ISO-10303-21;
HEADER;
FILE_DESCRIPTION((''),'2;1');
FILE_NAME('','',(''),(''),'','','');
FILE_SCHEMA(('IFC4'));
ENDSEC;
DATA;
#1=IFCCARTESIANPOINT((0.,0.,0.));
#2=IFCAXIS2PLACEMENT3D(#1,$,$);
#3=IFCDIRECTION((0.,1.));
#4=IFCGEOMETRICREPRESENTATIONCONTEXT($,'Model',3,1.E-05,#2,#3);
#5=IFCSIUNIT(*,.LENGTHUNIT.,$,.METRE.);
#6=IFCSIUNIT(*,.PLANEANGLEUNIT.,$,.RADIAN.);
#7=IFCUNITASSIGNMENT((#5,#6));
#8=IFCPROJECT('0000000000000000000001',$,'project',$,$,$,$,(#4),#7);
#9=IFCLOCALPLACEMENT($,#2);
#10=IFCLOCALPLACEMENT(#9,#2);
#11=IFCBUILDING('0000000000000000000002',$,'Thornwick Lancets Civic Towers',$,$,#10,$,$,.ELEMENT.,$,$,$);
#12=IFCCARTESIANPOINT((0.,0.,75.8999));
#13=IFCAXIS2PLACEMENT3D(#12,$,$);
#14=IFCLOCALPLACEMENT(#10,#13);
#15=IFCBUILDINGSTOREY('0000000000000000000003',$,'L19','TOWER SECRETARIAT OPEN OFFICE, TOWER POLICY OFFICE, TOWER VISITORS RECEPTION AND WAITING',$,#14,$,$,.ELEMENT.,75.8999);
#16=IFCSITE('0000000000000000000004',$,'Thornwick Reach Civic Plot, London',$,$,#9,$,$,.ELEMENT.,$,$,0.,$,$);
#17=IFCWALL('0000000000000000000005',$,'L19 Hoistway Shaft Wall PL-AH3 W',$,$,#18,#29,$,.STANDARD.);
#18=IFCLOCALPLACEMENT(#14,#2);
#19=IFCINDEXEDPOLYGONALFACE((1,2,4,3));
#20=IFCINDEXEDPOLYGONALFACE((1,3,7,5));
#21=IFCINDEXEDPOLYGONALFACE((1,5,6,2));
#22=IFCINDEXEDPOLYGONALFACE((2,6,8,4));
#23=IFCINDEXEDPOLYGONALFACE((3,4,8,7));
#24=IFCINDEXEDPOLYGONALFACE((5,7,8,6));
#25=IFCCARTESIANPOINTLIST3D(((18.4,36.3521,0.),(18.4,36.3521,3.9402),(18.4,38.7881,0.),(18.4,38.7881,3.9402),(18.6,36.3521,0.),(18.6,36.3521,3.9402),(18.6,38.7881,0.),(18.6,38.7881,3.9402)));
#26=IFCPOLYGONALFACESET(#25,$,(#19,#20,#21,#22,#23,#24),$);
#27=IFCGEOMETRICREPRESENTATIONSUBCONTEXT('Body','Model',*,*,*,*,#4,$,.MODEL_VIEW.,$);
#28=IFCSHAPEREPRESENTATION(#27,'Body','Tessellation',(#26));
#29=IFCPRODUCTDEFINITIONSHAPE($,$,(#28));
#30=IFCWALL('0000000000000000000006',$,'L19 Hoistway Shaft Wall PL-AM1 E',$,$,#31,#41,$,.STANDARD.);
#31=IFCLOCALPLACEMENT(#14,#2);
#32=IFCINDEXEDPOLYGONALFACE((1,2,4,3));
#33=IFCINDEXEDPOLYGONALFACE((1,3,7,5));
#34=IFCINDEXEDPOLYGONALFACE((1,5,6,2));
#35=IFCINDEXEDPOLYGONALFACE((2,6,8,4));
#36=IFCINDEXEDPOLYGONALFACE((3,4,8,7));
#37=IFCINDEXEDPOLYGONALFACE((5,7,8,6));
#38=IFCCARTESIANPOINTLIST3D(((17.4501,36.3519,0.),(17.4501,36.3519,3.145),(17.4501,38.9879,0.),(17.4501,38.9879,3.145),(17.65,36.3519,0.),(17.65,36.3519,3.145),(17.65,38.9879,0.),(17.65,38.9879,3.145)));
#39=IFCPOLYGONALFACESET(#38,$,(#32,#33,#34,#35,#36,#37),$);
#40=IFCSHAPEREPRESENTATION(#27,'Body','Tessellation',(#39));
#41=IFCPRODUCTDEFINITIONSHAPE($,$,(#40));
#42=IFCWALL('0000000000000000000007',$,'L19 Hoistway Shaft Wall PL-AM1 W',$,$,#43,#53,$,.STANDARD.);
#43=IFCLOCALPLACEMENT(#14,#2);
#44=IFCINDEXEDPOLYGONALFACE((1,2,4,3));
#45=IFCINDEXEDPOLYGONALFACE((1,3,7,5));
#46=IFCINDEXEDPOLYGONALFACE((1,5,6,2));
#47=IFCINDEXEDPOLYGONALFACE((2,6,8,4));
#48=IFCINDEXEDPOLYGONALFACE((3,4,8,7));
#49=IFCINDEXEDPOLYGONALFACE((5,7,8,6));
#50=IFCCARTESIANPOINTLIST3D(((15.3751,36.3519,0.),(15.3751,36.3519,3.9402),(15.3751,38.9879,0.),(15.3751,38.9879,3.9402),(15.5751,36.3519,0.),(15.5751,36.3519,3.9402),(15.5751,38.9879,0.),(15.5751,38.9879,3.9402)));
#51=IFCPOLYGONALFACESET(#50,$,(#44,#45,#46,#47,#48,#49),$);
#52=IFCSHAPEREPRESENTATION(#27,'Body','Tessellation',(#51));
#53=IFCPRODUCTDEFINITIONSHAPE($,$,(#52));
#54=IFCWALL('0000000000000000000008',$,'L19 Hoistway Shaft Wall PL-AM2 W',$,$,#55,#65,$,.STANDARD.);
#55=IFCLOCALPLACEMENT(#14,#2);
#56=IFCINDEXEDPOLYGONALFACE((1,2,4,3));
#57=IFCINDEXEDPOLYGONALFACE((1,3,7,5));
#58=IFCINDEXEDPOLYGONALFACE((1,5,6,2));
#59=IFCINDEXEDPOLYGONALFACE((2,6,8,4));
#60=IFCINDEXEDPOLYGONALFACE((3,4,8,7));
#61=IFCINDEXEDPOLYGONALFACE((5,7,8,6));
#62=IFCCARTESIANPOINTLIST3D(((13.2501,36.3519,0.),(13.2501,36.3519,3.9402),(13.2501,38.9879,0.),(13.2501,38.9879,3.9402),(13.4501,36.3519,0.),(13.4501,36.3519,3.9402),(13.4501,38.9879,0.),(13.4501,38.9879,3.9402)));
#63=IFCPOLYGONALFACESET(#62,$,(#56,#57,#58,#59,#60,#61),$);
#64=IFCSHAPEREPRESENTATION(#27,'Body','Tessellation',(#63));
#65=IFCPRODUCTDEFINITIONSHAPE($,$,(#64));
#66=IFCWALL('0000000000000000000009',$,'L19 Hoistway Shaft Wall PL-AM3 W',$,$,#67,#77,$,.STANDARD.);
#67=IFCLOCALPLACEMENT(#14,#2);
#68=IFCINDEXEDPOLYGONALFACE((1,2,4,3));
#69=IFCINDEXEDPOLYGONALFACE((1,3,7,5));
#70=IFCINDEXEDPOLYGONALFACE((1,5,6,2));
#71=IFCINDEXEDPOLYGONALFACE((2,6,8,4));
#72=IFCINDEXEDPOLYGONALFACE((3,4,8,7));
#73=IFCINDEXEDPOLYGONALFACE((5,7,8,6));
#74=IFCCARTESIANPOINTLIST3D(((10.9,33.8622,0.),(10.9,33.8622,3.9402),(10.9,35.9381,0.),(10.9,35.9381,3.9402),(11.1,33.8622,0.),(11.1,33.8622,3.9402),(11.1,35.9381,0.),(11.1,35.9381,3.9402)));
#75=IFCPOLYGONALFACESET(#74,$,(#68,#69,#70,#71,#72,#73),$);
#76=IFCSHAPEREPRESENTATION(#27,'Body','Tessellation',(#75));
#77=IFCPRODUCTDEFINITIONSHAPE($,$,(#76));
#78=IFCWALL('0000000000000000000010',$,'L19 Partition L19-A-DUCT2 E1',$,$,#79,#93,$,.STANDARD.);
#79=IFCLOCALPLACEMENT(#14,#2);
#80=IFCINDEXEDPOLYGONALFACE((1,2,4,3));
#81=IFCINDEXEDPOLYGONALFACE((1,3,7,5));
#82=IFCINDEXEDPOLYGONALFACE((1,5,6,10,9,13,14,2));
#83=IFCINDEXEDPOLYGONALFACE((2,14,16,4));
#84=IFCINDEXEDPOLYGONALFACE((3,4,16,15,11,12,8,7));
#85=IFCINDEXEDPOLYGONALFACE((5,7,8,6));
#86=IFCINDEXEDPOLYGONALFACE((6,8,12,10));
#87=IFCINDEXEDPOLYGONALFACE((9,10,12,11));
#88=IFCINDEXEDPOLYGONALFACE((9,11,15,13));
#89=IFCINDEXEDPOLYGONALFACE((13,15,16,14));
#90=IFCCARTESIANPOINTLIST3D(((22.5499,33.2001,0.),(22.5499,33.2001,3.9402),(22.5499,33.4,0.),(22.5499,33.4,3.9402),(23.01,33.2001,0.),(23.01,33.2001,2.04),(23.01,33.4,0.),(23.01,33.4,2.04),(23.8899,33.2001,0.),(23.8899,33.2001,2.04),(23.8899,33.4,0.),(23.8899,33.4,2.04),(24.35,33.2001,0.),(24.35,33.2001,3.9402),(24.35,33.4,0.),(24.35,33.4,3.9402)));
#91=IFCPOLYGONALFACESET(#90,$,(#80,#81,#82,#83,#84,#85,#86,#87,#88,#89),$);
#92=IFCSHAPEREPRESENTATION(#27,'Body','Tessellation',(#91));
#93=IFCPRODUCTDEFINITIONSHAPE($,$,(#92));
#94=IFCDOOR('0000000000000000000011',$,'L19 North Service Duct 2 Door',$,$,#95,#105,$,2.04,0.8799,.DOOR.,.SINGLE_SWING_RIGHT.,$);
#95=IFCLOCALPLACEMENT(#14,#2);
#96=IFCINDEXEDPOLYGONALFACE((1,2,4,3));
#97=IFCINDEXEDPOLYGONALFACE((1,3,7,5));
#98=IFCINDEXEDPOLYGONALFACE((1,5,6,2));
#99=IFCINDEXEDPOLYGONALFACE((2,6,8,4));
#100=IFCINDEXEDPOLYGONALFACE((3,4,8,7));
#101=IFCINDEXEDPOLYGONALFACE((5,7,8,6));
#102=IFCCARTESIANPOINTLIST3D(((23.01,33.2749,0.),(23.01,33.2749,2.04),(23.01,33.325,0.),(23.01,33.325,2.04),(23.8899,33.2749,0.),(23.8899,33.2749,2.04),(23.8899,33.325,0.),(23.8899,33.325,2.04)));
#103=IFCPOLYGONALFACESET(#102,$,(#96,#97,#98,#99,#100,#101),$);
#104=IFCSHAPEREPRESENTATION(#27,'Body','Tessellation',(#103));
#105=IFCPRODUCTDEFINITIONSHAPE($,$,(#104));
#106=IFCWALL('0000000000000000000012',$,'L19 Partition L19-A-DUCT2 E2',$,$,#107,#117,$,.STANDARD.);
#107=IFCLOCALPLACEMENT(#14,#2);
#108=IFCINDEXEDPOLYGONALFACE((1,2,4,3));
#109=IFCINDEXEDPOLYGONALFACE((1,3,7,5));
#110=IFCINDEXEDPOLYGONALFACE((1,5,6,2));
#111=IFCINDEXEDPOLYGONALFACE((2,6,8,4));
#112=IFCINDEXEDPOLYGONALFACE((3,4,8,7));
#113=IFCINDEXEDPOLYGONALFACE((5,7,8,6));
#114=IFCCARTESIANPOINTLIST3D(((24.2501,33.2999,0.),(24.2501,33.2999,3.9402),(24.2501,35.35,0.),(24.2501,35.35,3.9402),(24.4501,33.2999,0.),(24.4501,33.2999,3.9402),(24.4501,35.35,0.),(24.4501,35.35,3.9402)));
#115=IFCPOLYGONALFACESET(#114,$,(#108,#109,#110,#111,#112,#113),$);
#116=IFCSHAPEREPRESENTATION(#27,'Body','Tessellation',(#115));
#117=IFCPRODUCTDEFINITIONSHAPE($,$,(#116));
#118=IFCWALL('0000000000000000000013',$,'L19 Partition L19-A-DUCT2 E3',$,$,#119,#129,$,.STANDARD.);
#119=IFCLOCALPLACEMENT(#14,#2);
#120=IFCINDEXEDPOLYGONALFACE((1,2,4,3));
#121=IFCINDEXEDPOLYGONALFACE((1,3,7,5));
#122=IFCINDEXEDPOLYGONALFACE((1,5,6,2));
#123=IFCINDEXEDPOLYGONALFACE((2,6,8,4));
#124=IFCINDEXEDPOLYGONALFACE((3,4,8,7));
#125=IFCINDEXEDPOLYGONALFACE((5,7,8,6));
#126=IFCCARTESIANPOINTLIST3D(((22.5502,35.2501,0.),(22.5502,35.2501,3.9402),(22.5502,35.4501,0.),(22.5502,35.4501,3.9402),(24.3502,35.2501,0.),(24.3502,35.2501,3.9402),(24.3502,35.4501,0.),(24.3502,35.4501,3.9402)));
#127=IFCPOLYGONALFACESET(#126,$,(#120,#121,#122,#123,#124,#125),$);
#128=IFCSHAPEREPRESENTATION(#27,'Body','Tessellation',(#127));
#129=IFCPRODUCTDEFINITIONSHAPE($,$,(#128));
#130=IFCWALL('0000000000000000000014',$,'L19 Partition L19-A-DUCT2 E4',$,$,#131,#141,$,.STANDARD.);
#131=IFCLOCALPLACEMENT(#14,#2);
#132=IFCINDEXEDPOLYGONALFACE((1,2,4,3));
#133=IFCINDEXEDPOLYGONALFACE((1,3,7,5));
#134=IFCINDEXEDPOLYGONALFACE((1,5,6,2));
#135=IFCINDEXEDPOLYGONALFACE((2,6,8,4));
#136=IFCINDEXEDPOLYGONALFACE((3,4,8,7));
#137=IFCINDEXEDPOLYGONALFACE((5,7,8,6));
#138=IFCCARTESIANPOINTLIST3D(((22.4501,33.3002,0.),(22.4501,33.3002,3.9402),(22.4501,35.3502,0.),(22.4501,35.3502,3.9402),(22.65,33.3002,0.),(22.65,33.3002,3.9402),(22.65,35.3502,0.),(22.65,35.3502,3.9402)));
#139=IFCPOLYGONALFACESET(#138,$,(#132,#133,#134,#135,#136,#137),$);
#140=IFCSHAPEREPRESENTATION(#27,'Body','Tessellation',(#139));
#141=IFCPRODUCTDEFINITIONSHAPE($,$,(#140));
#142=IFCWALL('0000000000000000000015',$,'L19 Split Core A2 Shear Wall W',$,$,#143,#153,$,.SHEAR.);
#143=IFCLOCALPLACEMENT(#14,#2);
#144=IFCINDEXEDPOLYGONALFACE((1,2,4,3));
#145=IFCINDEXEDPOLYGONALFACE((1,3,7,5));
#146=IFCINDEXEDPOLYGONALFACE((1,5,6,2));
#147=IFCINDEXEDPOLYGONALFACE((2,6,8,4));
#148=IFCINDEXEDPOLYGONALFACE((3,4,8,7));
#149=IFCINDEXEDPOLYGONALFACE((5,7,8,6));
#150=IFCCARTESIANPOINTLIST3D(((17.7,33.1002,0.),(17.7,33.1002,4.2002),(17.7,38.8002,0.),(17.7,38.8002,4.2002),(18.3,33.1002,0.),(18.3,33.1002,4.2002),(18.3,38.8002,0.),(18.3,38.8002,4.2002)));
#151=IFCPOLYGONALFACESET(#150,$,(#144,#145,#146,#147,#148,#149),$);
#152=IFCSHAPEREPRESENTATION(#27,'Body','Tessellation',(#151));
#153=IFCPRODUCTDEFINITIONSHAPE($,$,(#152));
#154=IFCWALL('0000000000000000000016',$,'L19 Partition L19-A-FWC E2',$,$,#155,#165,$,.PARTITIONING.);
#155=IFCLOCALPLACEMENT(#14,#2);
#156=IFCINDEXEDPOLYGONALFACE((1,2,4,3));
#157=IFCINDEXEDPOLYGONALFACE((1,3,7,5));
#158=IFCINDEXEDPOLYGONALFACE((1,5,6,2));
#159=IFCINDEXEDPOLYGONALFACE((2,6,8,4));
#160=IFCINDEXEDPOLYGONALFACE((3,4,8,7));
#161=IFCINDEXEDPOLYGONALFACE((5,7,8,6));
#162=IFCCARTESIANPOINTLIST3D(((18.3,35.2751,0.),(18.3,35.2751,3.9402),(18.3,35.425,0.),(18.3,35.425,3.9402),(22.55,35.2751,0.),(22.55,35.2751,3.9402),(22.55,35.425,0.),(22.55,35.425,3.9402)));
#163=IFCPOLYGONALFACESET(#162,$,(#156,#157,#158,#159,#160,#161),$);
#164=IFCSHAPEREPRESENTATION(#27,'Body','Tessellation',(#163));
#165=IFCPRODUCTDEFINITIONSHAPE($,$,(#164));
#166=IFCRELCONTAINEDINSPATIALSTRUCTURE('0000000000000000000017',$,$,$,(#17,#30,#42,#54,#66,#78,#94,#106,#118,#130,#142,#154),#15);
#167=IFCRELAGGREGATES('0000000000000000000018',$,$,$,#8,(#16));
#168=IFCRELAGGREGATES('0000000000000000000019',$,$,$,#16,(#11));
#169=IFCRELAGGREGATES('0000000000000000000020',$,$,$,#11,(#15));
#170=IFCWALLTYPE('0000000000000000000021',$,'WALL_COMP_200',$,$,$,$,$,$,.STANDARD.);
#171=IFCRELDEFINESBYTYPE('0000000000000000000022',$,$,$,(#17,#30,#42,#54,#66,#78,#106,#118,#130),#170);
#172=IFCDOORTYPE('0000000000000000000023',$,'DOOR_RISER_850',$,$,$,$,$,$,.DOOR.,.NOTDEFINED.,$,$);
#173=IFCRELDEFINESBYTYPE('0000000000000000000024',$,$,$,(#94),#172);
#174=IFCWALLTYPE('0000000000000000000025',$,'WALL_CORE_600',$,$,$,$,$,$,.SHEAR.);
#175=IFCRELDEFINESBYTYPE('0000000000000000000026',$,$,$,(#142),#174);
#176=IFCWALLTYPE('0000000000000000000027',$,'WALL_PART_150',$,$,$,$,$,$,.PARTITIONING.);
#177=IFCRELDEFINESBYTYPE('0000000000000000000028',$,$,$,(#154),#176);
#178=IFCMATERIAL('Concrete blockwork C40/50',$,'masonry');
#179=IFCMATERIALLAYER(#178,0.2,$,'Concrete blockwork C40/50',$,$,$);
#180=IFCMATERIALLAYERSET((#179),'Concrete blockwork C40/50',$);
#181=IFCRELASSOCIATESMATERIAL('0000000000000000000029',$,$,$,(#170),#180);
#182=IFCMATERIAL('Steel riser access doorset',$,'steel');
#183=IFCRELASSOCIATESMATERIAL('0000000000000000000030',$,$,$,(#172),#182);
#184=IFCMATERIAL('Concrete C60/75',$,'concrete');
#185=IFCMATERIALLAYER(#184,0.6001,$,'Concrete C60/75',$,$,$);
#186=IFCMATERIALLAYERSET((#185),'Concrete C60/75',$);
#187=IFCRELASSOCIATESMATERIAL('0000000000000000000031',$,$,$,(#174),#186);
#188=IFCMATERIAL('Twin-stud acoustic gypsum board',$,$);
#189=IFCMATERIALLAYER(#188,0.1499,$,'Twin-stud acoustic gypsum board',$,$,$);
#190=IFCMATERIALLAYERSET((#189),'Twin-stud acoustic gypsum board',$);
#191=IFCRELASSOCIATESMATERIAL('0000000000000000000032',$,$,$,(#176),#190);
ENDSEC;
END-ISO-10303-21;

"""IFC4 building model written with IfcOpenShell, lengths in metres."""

from ifc_helpers import new_model, si_unit, direction, frame, frame_2d, origin, place, context, subcontext, project, spatial, rectangle, extrude, material, layer, layer_set, type_object, element, fill, save


model = new_model("IFC4")

# Units and contexts
model_context = context("Model", 3, precision=1e-05, world=origin(), true_north=direction((0.0, 1.0)))
body_context = subcontext(model_context, "Body", "Model", "MODEL_VIEW")
ifc_project = project(units=[si_unit("LENGTHUNIT", "METRE"), si_unit("PLANEANGLEUNIT", "RADIAN")], contexts=[model_context])

# Site, building, storey
site_placement = place(None, origin())
site = spatial("IfcSite", under=ifc_project, at=site_placement, Name="Thornwick Reach Civic Plot, London", CompositionType="ELEMENT", RefElevation=0.0)
building_placement = place(site_placement, origin())
building = spatial("IfcBuilding", under=site, at=building_placement, Name="Thornwick Lancets Civic Towers", CompositionType="ELEMENT")
storey_placement = place(building_placement, frame((0.0, 0.0, 75.8999)))
storey = spatial("IfcBuildingStorey", under=building, at=storey_placement, Name="L19", Description="TOWER SECRETARIAT OPEN OFFICE, TOWER POLICY OFFICE, TOWER VISITORS RECEPTION AND WAITING", CompositionType="ELEMENT", Elevation=75.8999)

# Shared definitions
ifc_material_1 = material(Name="Concrete C60/75", Category="concrete")

# Shared definitions
ifc_material_2 = material(Name="Concrete blockwork C40/50", Category="masonry")
ifc_layer_1 = layer(ifc_material_2, 0.2, Name="Concrete blockwork C40/50")
ifc_layer_set_1 = layer_set([ifc_layer_1], Name="Concrete blockwork C40/50")
wall_type_1 = type_object("IfcWallType", Name="WALL_COMP_200", PredefinedType="STANDARD", material=ifc_layer_set_1)

# Walls
for number, where, z_axis, x_axis, name in (
    (1, (18.5, 36.3521, 0.0), (0.0, 0.0, 1.0), (0.0, 1.0, 0.0), "L19 Hoistway Shaft Wall PL-AH3 W"),
):
    element("IfcWall", number, at=place(storey_placement, frame(where, z_axis=z_axis, x_axis=x_axis)), inside=storey, type_object=wall_type_1, Name=name, PredefinedType="STANDARD", context=body_context, shape_type="SweptSolid", body=[
        extrude(rectangle(XDim=2.436, YDim=0.2, at=frame_2d((1.218, 0.0))), origin(), (0.0, 0.0, 1.0), 3.9402),
    ])
wall_1_placement = place(storey_placement, frame((17.55, 36.3521, 0.0), z_axis=(0.0, 0.0, 1.0), x_axis=(0.0, 1.0, 0.0)))
element("IfcWall", 2, at=wall_1_placement, inside=storey, type_object=wall_type_1, Name="L19 Hoistway Shaft Wall PL-AM1 E", PredefinedType="STANDARD", context=body_context, shape_type="SweptSolid", body=[
    extrude(rectangle(XDim=2.636, YDim=0.2, at=frame_2d((1.3179, 0.0))), origin(), (0.0, 0.0, 1.0), 3.145),
])
for number, where, z_axis, x_axis, name in (
    (3, (15.4751, 36.3521, 0.0), (0.0, 0.0, 1.0), (0.0, 1.0, 0.0), "L19 Hoistway Shaft Wall PL-AM1 W"),
    (4, (13.3501, 36.3521, 0.0), (0.0, 0.0, 1.0), (0.0, 1.0, 0.0), "L19 Hoistway Shaft Wall PL-AM2 W"),
):
    element("IfcWall", number, at=place(storey_placement, frame(where, z_axis=z_axis, x_axis=x_axis)), inside=storey, type_object=wall_type_1, Name=name, PredefinedType="STANDARD", context=body_context, shape_type="SweptSolid", body=[
        extrude(rectangle(XDim=2.636, YDim=0.2, at=frame_2d((1.3179, 0.0))), origin(), (0.0, 0.0, 1.0), 3.9402),
    ])
wall_2_placement = place(storey_placement, frame((11.0, 33.8621, 0.0), z_axis=(0.0, 0.0, 1.0), x_axis=(0.0, 1.0, 0.0)))
element("IfcWall", 5, at=wall_2_placement, inside=storey, type_object=wall_type_1, Name="L19 Hoistway Shaft Wall PL-AM3 W", PredefinedType="STANDARD", context=body_context, shape_type="SweptSolid", body=[
    extrude(rectangle(XDim=2.0759, YDim=0.2, at=frame_2d((1.0381, 0.0))), origin(), (0.0, 0.0, 1.0), 3.9402),
])

# Wall, opening, door
wall_3_placement = place(storey_placement, frame((22.55, 33.3, 0.0), z_axis=(0.0, 0.0, 1.0), x_axis=(1.0, 0.0, 0.0)))
wall_3 = element("IfcWall", 6, at=wall_3_placement, inside=storey, type_object=wall_type_1, Name="L19 Partition L19-A-DUCT2 E1", PredefinedType="STANDARD", context=body_context, shape_type="SweptSolid", body=[
    extrude(rectangle(XDim=1.8, YDim=0.2, at=frame_2d((0.8999, 0.0))), origin(), (0.0, 0.0, 1.0), 3.9402),
])
opening_1_placement = place(wall_3_placement, frame((0.46, 0.0, 0.0)))
opening_1 = element("IfcOpeningElement", 7, at=opening_1_placement, cuts=wall_3, PredefinedType="OPENING", context=body_context, shape_type="SweptSolid", body=[
    extrude(rectangle(XDim=0.8799, YDim=2.04, at=frame_2d((0.4399, 1.02))), frame((0.0, 0.1099, 0.0), z_axis=(0.0, -1.0, 0.0), x_axis=(1.0, 0.0, 0.0)), (0.0, 0.0, 1.0), 0.22),
])
ifc_material_3 = material(Name="Steel riser access doorset", Category="steel")
door_type_1 = type_object("IfcDoorType", Name="DOOR_RISER_850", OperationType="NOTDEFINED", PredefinedType="DOOR", material=ifc_material_3)
door_1_placement = place(opening_1_placement, origin())
door_1 = element("IfcDoor", 8, at=door_1_placement, inside=storey, type_object=door_type_1, Name="L19 North Service Duct 2 Door", OperationType="SINGLE_SWING_RIGHT", OverallHeight=2.04, OverallWidth=0.8799, PredefinedType="DOOR", context=body_context, shape_type="SweptSolid", body=[
    extrude(rectangle(XDim=0.8799, YDim=2.04, at=frame_2d((0.4399, 1.02))), frame((0.0, 0.0249, 0.0), z_axis=(0.0, -1.0, 0.0), x_axis=(1.0, 0.0, 0.0)), (0.0, 0.0, 1.0), 0.05),
])
fill(opening_1, door_1)

# Walls
wall_4_placement = place(storey_placement, frame((24.3501, 33.3, 0.0), z_axis=(0.0, 0.0, 1.0), x_axis=(0.0, 1.0, 0.0)))
element("IfcWall", 9, at=wall_4_placement, inside=storey, type_object=wall_type_1, Name="L19 Partition L19-A-DUCT2 E2", PredefinedType="STANDARD", context=body_context, shape_type="SweptSolid", body=[
    extrude(rectangle(XDim=2.05, YDim=0.2, at=frame_2d((1.0249, 0.0))), origin(), (0.0, 0.0, 1.0), 3.9402),
])
wall_5_placement = place(storey_placement, frame((24.3501, 35.3501, 0.0), z_axis=(0.0, 0.0, 1.0), x_axis=(-1.0, 0.0, 0.0)))
element("IfcWall", 10, at=wall_5_placement, inside=storey, type_object=wall_type_1, Name="L19 Partition L19-A-DUCT2 E3", PredefinedType="STANDARD", context=body_context, shape_type="SweptSolid", body=[
    extrude(rectangle(XDim=1.8, YDim=0.2, at=frame_2d((0.8999, 0.0))), origin(), (0.0, 0.0, 1.0), 3.9402),
])
wall_6_placement = place(storey_placement, frame((22.55, 35.3501, 0.0), z_axis=(0.0, 0.0, 1.0), x_axis=(0.0, -1.0, 0.0)))
element("IfcWall", 11, at=wall_6_placement, inside=storey, type_object=wall_type_1, Name="L19 Partition L19-A-DUCT2 E4", PredefinedType="STANDARD", context=body_context, shape_type="SweptSolid", body=[
    extrude(rectangle(XDim=2.05, YDim=0.2, at=frame_2d((1.0249, 0.0))), origin(), (0.0, 0.0, 1.0), 3.9402),
])
ifc_layer_2 = layer(ifc_material_1, 0.6001, Name="Concrete C60/75")
ifc_layer_set_2 = layer_set([ifc_layer_2], Name="Concrete C60/75")
wall_type_2 = type_object("IfcWallType", Name="WALL_CORE_600", PredefinedType="SHEAR", material=ifc_layer_set_2)
wall_7_placement = place(storey_placement, frame((18.0, 33.1001, 0.0), z_axis=(0.0, 0.0, 1.0), x_axis=(0.0, 1.0, 0.0)))
element("IfcWall", 12, at=wall_7_placement, inside=storey, type_object=wall_type_2, Name="L19 Split Core A2 Shear Wall W", PredefinedType="SHEAR", context=body_context, shape_type="SweptSolid", body=[
    extrude(rectangle(XDim=5.7, YDim=0.6001, at=frame_2d((2.8501, 0.0))), origin(), (0.0, 0.0, 1.0), 4.2002),
])
ifc_material_4 = material(Name="Twin-stud acoustic gypsum board")
ifc_layer_3 = layer(ifc_material_4, 0.1499, Name="Twin-stud acoustic gypsum board")
ifc_layer_set_3 = layer_set([ifc_layer_3], Name="Twin-stud acoustic gypsum board")
wall_type_3 = type_object("IfcWallType", Name="WALL_PART_150", PredefinedType="PARTITIONING", material=ifc_layer_set_3)
wall_8_placement = place(storey_placement, frame((18.3, 35.3501, 0.0), z_axis=(0.0, 0.0, 1.0), x_axis=(1.0, 0.0, 0.0)))
element("IfcWall", 13, at=wall_8_placement, inside=storey, type_object=wall_type_3, Name="L19 Partition L19-A-FWC E2", PredefinedType="PARTITIONING", context=body_context, shape_type="SweptSolid", body=[
    extrude(rectangle(XDim=4.25, YDim=0.1499, at=frame_2d((2.125, 0.0))), origin(), (0.0, 0.0, 1.0), 3.9402),
])

save(model, "model.ifc")
